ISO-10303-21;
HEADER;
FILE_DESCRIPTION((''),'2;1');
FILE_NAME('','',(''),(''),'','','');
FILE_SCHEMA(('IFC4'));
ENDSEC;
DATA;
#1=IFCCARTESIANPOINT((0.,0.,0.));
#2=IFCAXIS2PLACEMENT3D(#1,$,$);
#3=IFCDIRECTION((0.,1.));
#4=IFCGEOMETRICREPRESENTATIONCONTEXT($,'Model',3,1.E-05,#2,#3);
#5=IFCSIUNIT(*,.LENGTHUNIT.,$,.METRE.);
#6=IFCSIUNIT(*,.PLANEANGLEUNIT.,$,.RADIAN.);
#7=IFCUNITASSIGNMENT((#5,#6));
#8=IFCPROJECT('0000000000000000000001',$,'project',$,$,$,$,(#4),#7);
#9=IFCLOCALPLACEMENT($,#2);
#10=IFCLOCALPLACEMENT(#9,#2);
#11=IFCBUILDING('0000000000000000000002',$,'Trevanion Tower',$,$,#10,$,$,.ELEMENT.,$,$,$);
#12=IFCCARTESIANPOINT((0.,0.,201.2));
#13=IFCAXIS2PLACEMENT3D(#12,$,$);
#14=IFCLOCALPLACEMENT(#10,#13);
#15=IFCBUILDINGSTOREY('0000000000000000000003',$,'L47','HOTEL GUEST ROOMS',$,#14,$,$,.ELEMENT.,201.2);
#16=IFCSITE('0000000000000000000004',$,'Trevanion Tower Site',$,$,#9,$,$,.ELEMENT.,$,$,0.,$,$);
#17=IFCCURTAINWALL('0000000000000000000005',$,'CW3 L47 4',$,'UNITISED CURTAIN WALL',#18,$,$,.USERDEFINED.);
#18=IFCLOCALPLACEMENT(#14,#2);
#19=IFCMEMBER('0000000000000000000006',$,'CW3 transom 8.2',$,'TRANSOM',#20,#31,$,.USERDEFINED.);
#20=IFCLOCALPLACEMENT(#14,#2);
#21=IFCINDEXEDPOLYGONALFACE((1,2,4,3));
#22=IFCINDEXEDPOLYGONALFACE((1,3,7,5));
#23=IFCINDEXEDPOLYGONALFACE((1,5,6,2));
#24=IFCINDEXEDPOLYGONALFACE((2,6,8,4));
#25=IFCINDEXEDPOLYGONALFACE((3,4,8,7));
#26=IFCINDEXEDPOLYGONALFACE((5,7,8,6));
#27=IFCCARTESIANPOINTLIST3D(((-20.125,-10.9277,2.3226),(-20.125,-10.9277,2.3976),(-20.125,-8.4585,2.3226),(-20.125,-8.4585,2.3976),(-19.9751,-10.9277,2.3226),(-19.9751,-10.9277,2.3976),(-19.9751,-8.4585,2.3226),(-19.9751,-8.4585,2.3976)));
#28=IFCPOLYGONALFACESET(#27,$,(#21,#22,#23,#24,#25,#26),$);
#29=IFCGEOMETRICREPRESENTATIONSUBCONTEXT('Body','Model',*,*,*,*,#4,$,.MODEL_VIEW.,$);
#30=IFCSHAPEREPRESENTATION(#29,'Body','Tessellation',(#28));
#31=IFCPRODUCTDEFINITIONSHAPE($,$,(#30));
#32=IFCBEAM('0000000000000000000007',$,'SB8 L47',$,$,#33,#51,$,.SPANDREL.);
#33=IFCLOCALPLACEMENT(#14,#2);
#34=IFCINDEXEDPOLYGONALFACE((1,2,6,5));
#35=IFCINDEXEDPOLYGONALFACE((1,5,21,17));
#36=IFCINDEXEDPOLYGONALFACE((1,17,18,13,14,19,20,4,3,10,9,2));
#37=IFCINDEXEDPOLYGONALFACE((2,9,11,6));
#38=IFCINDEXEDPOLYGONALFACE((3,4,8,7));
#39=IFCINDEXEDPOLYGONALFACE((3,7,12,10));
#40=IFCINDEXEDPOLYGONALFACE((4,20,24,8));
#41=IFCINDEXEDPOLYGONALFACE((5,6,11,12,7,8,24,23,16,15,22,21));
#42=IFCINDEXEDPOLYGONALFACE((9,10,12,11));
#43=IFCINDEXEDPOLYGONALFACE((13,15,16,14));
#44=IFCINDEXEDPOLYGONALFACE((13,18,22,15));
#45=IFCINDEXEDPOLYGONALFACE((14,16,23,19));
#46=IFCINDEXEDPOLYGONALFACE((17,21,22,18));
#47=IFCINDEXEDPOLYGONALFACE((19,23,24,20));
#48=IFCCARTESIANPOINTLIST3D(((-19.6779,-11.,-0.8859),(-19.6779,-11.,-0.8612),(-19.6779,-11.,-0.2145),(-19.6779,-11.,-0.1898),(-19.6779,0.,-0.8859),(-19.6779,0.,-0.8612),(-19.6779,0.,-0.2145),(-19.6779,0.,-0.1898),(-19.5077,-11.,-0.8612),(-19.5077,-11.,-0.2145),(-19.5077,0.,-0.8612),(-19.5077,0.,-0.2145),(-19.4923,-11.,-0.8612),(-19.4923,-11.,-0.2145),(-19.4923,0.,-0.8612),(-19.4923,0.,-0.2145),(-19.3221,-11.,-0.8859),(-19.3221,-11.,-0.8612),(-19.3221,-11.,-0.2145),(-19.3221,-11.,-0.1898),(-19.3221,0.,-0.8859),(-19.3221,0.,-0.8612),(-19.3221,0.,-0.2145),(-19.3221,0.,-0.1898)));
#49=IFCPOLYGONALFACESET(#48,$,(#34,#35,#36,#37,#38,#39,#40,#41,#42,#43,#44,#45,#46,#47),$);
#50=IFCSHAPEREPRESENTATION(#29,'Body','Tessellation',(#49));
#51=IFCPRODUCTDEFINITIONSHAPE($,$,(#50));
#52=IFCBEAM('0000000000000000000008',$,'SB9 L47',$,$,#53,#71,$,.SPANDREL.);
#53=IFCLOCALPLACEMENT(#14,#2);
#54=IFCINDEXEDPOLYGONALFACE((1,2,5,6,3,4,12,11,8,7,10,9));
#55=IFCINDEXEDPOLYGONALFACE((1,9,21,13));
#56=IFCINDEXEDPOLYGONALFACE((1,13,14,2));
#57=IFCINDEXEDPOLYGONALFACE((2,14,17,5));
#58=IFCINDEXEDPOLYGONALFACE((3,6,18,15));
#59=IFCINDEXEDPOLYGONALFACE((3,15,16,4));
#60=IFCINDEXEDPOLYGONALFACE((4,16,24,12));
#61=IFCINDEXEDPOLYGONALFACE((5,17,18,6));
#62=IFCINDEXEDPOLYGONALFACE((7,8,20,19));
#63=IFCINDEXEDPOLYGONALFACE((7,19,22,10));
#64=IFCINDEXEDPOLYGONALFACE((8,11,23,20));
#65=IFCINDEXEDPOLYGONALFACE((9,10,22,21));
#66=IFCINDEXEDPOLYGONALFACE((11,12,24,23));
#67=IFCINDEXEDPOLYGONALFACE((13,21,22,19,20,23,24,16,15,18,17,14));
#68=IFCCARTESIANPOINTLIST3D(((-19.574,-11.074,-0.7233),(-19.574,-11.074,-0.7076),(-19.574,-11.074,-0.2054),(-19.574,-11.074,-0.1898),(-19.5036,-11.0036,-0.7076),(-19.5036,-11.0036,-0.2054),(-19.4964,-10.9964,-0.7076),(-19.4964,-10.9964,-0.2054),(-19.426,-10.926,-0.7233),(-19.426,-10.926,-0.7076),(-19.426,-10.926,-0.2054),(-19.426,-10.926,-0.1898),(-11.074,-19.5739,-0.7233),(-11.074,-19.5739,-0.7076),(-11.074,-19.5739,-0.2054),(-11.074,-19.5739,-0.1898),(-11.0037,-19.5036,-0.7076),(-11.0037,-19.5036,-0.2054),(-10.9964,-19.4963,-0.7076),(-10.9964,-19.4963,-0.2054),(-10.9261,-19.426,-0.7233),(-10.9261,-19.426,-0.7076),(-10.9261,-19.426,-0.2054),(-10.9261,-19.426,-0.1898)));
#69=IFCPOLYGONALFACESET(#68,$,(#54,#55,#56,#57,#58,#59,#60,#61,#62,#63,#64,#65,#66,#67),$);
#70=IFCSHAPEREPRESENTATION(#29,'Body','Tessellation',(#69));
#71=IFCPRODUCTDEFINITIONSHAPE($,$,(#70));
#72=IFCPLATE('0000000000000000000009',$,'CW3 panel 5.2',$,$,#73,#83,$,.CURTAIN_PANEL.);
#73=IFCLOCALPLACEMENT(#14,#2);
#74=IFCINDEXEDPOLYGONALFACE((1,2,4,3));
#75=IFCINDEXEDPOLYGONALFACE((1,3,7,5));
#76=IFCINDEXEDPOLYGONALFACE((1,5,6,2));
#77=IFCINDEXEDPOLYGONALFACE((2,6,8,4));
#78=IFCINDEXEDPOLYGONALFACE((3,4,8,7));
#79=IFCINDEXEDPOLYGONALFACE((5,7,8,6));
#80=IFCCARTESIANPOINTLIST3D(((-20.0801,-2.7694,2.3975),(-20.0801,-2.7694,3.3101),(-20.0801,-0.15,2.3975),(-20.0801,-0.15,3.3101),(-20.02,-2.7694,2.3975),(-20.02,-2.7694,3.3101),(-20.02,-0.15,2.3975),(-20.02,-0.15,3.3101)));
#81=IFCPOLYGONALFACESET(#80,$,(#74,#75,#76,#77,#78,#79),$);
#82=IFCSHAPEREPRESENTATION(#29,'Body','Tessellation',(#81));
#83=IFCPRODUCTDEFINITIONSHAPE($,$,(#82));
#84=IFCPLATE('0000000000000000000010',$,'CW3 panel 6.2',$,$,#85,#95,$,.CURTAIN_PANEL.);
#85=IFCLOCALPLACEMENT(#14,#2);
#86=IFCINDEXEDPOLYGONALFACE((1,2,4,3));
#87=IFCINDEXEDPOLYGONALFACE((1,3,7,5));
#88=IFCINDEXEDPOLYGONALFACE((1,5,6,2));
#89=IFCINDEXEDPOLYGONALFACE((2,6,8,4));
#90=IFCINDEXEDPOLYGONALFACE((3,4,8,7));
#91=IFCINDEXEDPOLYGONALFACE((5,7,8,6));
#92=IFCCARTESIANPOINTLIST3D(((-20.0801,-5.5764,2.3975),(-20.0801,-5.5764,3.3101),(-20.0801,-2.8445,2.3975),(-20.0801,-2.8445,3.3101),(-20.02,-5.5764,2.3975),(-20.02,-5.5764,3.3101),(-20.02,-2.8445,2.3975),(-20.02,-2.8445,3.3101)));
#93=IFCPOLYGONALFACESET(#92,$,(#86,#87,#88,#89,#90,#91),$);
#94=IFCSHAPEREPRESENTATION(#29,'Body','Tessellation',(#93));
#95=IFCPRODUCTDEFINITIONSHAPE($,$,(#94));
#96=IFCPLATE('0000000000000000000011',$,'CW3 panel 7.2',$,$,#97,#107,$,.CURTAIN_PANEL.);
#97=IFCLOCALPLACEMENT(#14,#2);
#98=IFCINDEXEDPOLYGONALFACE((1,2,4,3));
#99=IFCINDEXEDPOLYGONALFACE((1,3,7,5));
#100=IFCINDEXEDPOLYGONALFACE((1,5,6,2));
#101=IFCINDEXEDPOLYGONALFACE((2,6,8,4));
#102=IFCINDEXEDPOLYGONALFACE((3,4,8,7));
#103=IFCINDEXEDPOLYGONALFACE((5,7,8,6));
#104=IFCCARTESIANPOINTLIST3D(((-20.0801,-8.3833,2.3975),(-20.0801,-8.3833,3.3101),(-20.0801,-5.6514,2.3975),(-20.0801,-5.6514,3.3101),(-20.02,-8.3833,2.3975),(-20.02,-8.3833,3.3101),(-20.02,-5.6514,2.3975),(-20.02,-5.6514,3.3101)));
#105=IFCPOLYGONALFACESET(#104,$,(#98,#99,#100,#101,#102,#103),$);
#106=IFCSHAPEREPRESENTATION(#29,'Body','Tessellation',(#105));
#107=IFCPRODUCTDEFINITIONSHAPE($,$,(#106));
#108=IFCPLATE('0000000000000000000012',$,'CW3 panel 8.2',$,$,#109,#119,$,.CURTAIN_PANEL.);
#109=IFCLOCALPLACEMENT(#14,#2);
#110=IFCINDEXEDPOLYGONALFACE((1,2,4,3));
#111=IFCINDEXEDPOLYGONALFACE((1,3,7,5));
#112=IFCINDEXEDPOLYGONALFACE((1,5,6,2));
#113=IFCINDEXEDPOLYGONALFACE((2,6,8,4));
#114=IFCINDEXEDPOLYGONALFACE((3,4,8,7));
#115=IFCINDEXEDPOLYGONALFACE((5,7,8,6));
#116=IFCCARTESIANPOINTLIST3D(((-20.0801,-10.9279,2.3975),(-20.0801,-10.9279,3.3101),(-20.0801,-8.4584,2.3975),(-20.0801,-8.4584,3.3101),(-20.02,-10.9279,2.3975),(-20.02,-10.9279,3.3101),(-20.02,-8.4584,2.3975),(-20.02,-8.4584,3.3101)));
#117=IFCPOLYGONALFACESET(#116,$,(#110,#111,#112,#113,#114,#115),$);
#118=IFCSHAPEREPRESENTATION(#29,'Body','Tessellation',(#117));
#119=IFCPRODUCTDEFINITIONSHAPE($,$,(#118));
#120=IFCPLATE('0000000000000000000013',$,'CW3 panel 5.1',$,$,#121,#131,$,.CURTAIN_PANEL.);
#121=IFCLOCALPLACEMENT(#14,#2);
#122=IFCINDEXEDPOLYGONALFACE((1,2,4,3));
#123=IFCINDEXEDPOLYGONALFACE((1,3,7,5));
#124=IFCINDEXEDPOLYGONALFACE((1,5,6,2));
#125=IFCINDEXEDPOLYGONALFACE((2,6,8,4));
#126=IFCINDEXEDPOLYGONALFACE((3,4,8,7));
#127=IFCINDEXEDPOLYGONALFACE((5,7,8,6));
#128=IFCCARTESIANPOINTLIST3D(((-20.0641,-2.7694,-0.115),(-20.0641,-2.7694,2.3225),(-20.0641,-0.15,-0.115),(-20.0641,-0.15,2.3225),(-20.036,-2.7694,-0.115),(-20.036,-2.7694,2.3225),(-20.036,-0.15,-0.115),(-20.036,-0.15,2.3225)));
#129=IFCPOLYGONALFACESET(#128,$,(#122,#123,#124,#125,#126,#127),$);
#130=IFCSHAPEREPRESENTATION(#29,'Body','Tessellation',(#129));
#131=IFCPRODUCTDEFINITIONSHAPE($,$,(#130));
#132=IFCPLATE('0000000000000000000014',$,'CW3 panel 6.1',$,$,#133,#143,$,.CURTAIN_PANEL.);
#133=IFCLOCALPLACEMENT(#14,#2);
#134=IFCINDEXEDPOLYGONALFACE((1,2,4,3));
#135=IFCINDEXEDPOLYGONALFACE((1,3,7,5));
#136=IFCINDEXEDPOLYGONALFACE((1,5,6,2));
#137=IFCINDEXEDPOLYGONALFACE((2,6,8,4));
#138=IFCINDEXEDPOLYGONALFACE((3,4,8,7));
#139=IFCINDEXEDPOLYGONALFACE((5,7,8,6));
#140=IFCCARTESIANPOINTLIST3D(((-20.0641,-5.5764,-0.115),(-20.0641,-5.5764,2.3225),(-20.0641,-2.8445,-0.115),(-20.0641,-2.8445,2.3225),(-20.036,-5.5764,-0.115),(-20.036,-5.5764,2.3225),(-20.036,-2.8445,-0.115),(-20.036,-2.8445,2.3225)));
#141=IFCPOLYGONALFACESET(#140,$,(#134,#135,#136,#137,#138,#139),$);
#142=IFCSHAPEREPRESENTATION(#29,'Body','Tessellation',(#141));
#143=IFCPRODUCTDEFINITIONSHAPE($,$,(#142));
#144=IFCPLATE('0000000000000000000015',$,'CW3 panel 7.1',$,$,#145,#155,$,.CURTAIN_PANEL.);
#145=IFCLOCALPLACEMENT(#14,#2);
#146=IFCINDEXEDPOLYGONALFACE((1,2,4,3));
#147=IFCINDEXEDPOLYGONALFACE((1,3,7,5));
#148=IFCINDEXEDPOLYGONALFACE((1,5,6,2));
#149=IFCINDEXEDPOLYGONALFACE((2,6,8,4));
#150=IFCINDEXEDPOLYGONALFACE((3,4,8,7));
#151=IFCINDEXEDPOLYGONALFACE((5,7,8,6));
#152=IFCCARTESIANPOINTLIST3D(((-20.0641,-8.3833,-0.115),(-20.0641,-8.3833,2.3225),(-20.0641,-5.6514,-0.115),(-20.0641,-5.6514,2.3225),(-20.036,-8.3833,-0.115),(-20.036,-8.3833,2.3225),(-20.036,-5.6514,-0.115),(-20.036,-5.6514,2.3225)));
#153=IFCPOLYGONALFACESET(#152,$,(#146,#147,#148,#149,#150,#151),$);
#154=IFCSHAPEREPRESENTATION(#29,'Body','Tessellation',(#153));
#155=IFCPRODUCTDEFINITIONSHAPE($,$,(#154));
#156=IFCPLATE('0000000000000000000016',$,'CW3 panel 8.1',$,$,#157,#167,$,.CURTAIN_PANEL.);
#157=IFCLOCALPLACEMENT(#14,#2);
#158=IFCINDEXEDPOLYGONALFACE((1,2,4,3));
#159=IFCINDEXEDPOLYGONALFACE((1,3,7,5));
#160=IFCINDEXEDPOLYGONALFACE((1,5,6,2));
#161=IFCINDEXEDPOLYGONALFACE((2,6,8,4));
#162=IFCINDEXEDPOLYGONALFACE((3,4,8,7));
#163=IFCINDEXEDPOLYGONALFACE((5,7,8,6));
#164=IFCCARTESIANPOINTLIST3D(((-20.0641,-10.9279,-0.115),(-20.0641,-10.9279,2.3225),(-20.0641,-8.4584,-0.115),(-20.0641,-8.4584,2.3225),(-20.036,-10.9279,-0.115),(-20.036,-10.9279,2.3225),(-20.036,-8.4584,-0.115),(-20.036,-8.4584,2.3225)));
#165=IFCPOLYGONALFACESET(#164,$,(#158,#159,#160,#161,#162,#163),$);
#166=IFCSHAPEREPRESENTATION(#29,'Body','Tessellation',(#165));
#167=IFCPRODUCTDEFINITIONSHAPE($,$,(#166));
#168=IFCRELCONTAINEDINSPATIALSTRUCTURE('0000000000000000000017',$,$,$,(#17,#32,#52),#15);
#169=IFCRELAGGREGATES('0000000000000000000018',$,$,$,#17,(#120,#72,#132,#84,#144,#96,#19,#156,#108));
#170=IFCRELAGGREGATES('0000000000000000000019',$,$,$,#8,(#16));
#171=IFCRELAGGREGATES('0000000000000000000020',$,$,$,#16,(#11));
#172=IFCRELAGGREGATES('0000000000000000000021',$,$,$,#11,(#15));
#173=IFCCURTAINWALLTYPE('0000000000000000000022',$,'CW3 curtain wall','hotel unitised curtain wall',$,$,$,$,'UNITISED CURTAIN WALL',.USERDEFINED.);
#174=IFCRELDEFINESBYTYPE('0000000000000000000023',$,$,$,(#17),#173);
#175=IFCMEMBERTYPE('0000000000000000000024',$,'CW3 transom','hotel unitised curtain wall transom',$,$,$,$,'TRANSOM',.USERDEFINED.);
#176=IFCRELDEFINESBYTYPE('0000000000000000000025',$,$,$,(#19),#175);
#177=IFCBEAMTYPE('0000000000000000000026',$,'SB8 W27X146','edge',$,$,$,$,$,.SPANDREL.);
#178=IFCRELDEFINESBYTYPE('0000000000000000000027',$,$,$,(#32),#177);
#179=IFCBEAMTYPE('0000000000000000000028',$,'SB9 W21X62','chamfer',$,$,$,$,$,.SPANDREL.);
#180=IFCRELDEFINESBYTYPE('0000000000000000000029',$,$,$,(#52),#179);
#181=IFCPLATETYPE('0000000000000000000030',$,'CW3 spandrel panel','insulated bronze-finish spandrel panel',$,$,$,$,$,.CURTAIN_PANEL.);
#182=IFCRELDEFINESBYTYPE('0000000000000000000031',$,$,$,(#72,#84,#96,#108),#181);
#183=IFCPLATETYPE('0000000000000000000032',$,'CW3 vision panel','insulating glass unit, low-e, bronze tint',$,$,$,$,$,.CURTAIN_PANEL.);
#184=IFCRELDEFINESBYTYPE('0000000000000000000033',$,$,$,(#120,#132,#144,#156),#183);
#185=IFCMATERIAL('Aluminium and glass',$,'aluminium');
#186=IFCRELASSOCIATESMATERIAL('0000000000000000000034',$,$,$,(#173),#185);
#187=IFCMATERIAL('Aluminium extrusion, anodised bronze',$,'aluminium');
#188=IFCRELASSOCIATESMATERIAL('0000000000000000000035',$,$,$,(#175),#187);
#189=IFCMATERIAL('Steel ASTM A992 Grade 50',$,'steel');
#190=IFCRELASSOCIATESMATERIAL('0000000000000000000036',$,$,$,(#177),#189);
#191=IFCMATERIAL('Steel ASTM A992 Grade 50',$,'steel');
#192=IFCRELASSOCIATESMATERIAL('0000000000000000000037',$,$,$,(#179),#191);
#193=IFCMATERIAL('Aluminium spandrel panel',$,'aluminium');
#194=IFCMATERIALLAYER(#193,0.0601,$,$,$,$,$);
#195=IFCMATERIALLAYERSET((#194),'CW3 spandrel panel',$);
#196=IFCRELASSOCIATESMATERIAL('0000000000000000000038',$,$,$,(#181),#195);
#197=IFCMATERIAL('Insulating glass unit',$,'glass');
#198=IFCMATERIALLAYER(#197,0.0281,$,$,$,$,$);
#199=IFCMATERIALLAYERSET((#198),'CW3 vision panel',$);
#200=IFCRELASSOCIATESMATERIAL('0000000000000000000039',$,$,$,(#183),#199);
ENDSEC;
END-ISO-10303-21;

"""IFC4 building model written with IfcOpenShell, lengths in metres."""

from ifc_helpers import new_model, si_unit, direction, frame, origin, origin_2d, place, context, subcontext, project, spatial, rectangle, i_section, extrude, material, layer, layer_set, material_profile, profile_set, type_object, element, aggregate, save


model = new_model("IFC4")

# Units and contexts
model_context = context("Model", 3, precision=1e-05, world=origin(), true_north=direction((0.0, 1.0)))
body_context = subcontext(model_context, "Body", "Model", "MODEL_VIEW")
ifc_project = project(units=[si_unit("LENGTHUNIT", "METRE"), si_unit("PLANEANGLEUNIT", "RADIAN")], contexts=[model_context])

# Site, building, storey
site_placement = place(None, origin())
site = spatial("IfcSite", under=ifc_project, at=site_placement, Name="Trevanion Tower Site", CompositionType="ELEMENT", RefElevation=0.0)
building_placement = place(site_placement, origin())
building = spatial("IfcBuilding", under=site, at=building_placement, Name="Trevanion Tower", CompositionType="ELEMENT")
storey_placement = place(building_placement, frame((0.0, 0.0, 201.2)))
storey = spatial("IfcBuildingStorey", under=building, at=storey_placement, Name="L47", Description="HOTEL GUEST ROOMS", CompositionType="ELEMENT", Elevation=201.2)

# Curtain wall, member
ifc_material_1 = material(Name="Aluminium and glass", Category="aluminium")
curtain_wall_type = type_object("IfcCurtainWallType", Name="CW3 curtain wall", Description="hotel unitised curtain wall", ElementType="UNITISED CURTAIN WALL", PredefinedType="USERDEFINED", material=ifc_material_1)
curtain_wall_placement = place(storey_placement, origin())
curtain_wall = element("IfcCurtainWall", 1, at=curtain_wall_placement, inside=storey, type_object=curtain_wall_type, Name="CW3 L47 4", ObjectType="UNITISED CURTAIN WALL", PredefinedType="USERDEFINED")
ifc_material_2 = material(Name="Aluminium extrusion, anodised bronze", Category="aluminium")
ifc_material_profile_1 = material_profile(ifc_material_2, rectangle(XDim=0.1499, YDim=0.075, at=origin_2d()), Name="CW3 transom")
ifc_profile_set_1 = profile_set([ifc_material_profile_1], Name="Aluminium extrusion, anodised bronze")
member_type_1 = type_object("IfcMemberType", Name="CW3 transom", Description="hotel unitised curtain wall transom", ElementType="TRANSOM", PredefinedType="USERDEFINED", material=ifc_profile_set_1)
member_1_placement = place(storey_placement, frame((-20.05, -8.4585, 2.3601), z_axis=(0.0, -1.0, 0.0), x_axis=(1.0, 0.0, 0.0)))
member_1 = element("IfcMember", 2, at=member_1_placement, type_object=member_type_1, Name="CW3 transom 8.2", ObjectType="TRANSOM", PredefinedType="USERDEFINED", context=body_context, shape_type="SweptSolid", body=[
    extrude(rectangle(XDim=0.1499, YDim=0.075, at=origin_2d()), origin(), (0.0, 0.0, 1.0), 2.4692),
])

# Beams
ifc_material_3 = material(Name="Steel ASTM A992 Grade 50", Category="steel")
ifc_material_profile_2 = material_profile(ifc_material_3, i_section(OverallWidth=0.3557, OverallDepth=0.696, WebThickness=0.0154, FlangeThickness=0.0247, at=origin_2d()), Name="W27X146")
ifc_profile_set_2 = profile_set([ifc_material_profile_2], Name="Steel ASTM A992 Grade 50")
beam_type_1 = type_object("IfcBeamType", Name="SB8 W27X146", Description="edge", PredefinedType="SPANDREL", material=ifc_profile_set_2)
beam_1_placement = place(storey_placement, frame((-19.5, 0.0, -0.5378), z_axis=(0.0, -1.0, 0.0), x_axis=(1.0, 0.0, 0.0)))
element("IfcBeam", 3, at=beam_1_placement, inside=storey, type_object=beam_type_1, Name="SB8 L47", PredefinedType="SPANDREL", context=body_context, shape_type="SweptSolid", body=[
    extrude(i_section(OverallWidth=0.3557, OverallDepth=0.696, WebThickness=0.0154, FlangeThickness=0.0247, at=origin_2d()), origin(), (0.0, 0.0, 1.0), 11.0),
])
ifc_material_4 = material(Name="Steel ASTM A992 Grade 50", Category="steel")
ifc_material_profile_3 = material_profile(ifc_material_4, i_section(OverallWidth=0.2092, OverallDepth=0.5334, WebThickness=0.0103, FlangeThickness=0.0156, at=origin_2d()), Name="W21X62")
ifc_profile_set_3 = profile_set([ifc_material_profile_3], Name="Steel ASTM A992 Grade 50")
beam_type_2 = type_object("IfcBeamType", Name="SB9 W21X62", Description="chamfer", PredefinedType="SPANDREL", material=ifc_profile_set_3)
beam_2_placement = place(storey_placement, frame((-19.5, -11.0, -0.4565), z_axis=(0.707107, -0.707107, 0.0), x_axis=(0.707107, 0.707107, 0.0)))
element("IfcBeam", 4, at=beam_2_placement, inside=storey, type_object=beam_type_2, Name="SB9 L47", PredefinedType="SPANDREL", context=body_context, shape_type="SweptSolid", body=[
    extrude(i_section(OverallWidth=0.2092, OverallDepth=0.5334, WebThickness=0.0103, FlangeThickness=0.0156, at=origin_2d()), origin(), (0.0, 0.0, 1.0), 12.0208),
])

# Plates
ifc_material_5 = material(Name="Aluminium spandrel panel", Category="aluminium")
ifc_layer_1 = layer(ifc_material_5, 0.0601)
ifc_layer_set_1 = layer_set([ifc_layer_1], Name="CW3 spandrel panel")
plate_type_1 = type_object("IfcPlateType", Name="CW3 spandrel panel", Description="insulated bronze-finish spandrel panel", PredefinedType="CURTAIN_PANEL", material=ifc_layer_set_1)
plate_1_placement = place(storey_placement, frame((-20.05, -1.4597, 2.3975), z_axis=(0.0, 0.0, 1.0), x_axis=(0.0, -1.0, 0.0)))
plate_1 = element("IfcPlate", 5, at=plate_1_placement, type_object=plate_type_1, Name="CW3 panel 5.2", PredefinedType="CURTAIN_PANEL", context=body_context, shape_type="SweptSolid", body=[
    extrude(rectangle(XDim=2.6194, YDim=0.0601, at=origin_2d()), origin(), (0.0, 0.0, 1.0), 0.9126),
])
plate_2_placement = place(storey_placement, frame((-20.05, -4.2104, 2.3975), z_axis=(0.0, 0.0, 1.0), x_axis=(0.0, -1.0, 0.0)))
plate_2 = element("IfcPlate", 6, at=plate_2_placement, type_object=plate_type_1, Name="CW3 panel 6.2", PredefinedType="CURTAIN_PANEL", context=body_context, shape_type="SweptSolid", body=[
    extrude(rectangle(XDim=2.7319, YDim=0.0601, at=origin_2d()), origin(), (0.0, 0.0, 1.0), 0.9126),
])
plate_3_placement = place(storey_placement, frame((-20.05, -7.0173, 2.3975), z_axis=(0.0, 0.0, 1.0), x_axis=(0.0, -1.0, 0.0)))
plate_3 = element("IfcPlate", 7, at=plate_3_placement, type_object=plate_type_1, Name="CW3 panel 7.2", PredefinedType="CURTAIN_PANEL", context=body_context, shape_type="SweptSolid", body=[
    extrude(rectangle(XDim=2.7319, YDim=0.0601, at=origin_2d()), origin(), (0.0, 0.0, 1.0), 0.9126),
])
plate_4_placement = place(storey_placement, frame((-20.05, -9.6931, 2.3975), z_axis=(0.0, 0.0, 1.0), x_axis=(0.0, -1.0, 0.0)))
plate_4 = element("IfcPlate", 8, at=plate_4_placement, type_object=plate_type_1, Name="CW3 panel 8.2", PredefinedType="CURTAIN_PANEL", context=body_context, shape_type="SweptSolid", body=[
    extrude(rectangle(XDim=2.4695, YDim=0.0601, at=origin_2d()), origin(), (0.0, 0.0, 1.0), 0.9126),
])
ifc_material_6 = material(Name="Insulating glass unit", Category="glass")
ifc_layer_2 = layer(ifc_material_6, 0.0281)
ifc_layer_set_2 = layer_set([ifc_layer_2], Name="CW3 vision panel")
plate_type_2 = type_object("IfcPlateType", Name="CW3 vision panel", Description="insulating glass unit, low-e, bronze tint", PredefinedType="CURTAIN_PANEL", material=ifc_layer_set_2)
plate_5_placement = place(storey_placement, frame((-20.05, -1.4597, -0.115), z_axis=(0.0, 0.0, 1.0), x_axis=(0.0, -1.0, 0.0)))
plate_5 = element("IfcPlate", 9, at=plate_5_placement, type_object=plate_type_2, Name="CW3 panel 5.1", PredefinedType="CURTAIN_PANEL", context=body_context, shape_type="SweptSolid", body=[
    extrude(rectangle(XDim=2.6194, YDim=0.0281, at=origin_2d()), origin(), (0.0, 0.0, 1.0), 2.4375),
])
plate_6_placement = place(storey_placement, frame((-20.05, -4.2104, -0.115), z_axis=(0.0, 0.0, 1.0), x_axis=(0.0, -1.0, 0.0)))
plate_6 = element("IfcPlate", 10, at=plate_6_placement, type_object=plate_type_2, Name="CW3 panel 6.1", PredefinedType="CURTAIN_PANEL", context=body_context, shape_type="SweptSolid", body=[
    extrude(rectangle(XDim=2.7319, YDim=0.0281, at=origin_2d()), origin(), (0.0, 0.0, 1.0), 2.4375),
])
plate_7_placement = place(storey_placement, frame((-20.05, -7.0173, -0.115), z_axis=(0.0, 0.0, 1.0), x_axis=(0.0, -1.0, 0.0)))
plate_7 = element("IfcPlate", 11, at=plate_7_placement, type_object=plate_type_2, Name="CW3 panel 7.1", PredefinedType="CURTAIN_PANEL", context=body_context, shape_type="SweptSolid", body=[
    extrude(rectangle(XDim=2.7319, YDim=0.0281, at=origin_2d()), origin(), (0.0, 0.0, 1.0), 2.4375),
])
plate_8_placement = place(storey_placement, frame((-20.05, -9.6931, -0.115), z_axis=(0.0, 0.0, 1.0), x_axis=(0.0, -1.0, 0.0)))
plate_8 = element("IfcPlate", 12, at=plate_8_placement, type_object=plate_type_2, Name="CW3 panel 8.1", PredefinedType="CURTAIN_PANEL", context=body_context, shape_type="SweptSolid", body=[
    extrude(rectangle(XDim=2.4695, YDim=0.0281, at=origin_2d()), origin(), (0.0, 0.0, 1.0), 2.4375),
])
aggregate(curtain_wall, [plate_5, plate_1, plate_6, plate_2, plate_7, plate_3, member_1, plate_8, plate_4])

save(model, "model.ifc")
